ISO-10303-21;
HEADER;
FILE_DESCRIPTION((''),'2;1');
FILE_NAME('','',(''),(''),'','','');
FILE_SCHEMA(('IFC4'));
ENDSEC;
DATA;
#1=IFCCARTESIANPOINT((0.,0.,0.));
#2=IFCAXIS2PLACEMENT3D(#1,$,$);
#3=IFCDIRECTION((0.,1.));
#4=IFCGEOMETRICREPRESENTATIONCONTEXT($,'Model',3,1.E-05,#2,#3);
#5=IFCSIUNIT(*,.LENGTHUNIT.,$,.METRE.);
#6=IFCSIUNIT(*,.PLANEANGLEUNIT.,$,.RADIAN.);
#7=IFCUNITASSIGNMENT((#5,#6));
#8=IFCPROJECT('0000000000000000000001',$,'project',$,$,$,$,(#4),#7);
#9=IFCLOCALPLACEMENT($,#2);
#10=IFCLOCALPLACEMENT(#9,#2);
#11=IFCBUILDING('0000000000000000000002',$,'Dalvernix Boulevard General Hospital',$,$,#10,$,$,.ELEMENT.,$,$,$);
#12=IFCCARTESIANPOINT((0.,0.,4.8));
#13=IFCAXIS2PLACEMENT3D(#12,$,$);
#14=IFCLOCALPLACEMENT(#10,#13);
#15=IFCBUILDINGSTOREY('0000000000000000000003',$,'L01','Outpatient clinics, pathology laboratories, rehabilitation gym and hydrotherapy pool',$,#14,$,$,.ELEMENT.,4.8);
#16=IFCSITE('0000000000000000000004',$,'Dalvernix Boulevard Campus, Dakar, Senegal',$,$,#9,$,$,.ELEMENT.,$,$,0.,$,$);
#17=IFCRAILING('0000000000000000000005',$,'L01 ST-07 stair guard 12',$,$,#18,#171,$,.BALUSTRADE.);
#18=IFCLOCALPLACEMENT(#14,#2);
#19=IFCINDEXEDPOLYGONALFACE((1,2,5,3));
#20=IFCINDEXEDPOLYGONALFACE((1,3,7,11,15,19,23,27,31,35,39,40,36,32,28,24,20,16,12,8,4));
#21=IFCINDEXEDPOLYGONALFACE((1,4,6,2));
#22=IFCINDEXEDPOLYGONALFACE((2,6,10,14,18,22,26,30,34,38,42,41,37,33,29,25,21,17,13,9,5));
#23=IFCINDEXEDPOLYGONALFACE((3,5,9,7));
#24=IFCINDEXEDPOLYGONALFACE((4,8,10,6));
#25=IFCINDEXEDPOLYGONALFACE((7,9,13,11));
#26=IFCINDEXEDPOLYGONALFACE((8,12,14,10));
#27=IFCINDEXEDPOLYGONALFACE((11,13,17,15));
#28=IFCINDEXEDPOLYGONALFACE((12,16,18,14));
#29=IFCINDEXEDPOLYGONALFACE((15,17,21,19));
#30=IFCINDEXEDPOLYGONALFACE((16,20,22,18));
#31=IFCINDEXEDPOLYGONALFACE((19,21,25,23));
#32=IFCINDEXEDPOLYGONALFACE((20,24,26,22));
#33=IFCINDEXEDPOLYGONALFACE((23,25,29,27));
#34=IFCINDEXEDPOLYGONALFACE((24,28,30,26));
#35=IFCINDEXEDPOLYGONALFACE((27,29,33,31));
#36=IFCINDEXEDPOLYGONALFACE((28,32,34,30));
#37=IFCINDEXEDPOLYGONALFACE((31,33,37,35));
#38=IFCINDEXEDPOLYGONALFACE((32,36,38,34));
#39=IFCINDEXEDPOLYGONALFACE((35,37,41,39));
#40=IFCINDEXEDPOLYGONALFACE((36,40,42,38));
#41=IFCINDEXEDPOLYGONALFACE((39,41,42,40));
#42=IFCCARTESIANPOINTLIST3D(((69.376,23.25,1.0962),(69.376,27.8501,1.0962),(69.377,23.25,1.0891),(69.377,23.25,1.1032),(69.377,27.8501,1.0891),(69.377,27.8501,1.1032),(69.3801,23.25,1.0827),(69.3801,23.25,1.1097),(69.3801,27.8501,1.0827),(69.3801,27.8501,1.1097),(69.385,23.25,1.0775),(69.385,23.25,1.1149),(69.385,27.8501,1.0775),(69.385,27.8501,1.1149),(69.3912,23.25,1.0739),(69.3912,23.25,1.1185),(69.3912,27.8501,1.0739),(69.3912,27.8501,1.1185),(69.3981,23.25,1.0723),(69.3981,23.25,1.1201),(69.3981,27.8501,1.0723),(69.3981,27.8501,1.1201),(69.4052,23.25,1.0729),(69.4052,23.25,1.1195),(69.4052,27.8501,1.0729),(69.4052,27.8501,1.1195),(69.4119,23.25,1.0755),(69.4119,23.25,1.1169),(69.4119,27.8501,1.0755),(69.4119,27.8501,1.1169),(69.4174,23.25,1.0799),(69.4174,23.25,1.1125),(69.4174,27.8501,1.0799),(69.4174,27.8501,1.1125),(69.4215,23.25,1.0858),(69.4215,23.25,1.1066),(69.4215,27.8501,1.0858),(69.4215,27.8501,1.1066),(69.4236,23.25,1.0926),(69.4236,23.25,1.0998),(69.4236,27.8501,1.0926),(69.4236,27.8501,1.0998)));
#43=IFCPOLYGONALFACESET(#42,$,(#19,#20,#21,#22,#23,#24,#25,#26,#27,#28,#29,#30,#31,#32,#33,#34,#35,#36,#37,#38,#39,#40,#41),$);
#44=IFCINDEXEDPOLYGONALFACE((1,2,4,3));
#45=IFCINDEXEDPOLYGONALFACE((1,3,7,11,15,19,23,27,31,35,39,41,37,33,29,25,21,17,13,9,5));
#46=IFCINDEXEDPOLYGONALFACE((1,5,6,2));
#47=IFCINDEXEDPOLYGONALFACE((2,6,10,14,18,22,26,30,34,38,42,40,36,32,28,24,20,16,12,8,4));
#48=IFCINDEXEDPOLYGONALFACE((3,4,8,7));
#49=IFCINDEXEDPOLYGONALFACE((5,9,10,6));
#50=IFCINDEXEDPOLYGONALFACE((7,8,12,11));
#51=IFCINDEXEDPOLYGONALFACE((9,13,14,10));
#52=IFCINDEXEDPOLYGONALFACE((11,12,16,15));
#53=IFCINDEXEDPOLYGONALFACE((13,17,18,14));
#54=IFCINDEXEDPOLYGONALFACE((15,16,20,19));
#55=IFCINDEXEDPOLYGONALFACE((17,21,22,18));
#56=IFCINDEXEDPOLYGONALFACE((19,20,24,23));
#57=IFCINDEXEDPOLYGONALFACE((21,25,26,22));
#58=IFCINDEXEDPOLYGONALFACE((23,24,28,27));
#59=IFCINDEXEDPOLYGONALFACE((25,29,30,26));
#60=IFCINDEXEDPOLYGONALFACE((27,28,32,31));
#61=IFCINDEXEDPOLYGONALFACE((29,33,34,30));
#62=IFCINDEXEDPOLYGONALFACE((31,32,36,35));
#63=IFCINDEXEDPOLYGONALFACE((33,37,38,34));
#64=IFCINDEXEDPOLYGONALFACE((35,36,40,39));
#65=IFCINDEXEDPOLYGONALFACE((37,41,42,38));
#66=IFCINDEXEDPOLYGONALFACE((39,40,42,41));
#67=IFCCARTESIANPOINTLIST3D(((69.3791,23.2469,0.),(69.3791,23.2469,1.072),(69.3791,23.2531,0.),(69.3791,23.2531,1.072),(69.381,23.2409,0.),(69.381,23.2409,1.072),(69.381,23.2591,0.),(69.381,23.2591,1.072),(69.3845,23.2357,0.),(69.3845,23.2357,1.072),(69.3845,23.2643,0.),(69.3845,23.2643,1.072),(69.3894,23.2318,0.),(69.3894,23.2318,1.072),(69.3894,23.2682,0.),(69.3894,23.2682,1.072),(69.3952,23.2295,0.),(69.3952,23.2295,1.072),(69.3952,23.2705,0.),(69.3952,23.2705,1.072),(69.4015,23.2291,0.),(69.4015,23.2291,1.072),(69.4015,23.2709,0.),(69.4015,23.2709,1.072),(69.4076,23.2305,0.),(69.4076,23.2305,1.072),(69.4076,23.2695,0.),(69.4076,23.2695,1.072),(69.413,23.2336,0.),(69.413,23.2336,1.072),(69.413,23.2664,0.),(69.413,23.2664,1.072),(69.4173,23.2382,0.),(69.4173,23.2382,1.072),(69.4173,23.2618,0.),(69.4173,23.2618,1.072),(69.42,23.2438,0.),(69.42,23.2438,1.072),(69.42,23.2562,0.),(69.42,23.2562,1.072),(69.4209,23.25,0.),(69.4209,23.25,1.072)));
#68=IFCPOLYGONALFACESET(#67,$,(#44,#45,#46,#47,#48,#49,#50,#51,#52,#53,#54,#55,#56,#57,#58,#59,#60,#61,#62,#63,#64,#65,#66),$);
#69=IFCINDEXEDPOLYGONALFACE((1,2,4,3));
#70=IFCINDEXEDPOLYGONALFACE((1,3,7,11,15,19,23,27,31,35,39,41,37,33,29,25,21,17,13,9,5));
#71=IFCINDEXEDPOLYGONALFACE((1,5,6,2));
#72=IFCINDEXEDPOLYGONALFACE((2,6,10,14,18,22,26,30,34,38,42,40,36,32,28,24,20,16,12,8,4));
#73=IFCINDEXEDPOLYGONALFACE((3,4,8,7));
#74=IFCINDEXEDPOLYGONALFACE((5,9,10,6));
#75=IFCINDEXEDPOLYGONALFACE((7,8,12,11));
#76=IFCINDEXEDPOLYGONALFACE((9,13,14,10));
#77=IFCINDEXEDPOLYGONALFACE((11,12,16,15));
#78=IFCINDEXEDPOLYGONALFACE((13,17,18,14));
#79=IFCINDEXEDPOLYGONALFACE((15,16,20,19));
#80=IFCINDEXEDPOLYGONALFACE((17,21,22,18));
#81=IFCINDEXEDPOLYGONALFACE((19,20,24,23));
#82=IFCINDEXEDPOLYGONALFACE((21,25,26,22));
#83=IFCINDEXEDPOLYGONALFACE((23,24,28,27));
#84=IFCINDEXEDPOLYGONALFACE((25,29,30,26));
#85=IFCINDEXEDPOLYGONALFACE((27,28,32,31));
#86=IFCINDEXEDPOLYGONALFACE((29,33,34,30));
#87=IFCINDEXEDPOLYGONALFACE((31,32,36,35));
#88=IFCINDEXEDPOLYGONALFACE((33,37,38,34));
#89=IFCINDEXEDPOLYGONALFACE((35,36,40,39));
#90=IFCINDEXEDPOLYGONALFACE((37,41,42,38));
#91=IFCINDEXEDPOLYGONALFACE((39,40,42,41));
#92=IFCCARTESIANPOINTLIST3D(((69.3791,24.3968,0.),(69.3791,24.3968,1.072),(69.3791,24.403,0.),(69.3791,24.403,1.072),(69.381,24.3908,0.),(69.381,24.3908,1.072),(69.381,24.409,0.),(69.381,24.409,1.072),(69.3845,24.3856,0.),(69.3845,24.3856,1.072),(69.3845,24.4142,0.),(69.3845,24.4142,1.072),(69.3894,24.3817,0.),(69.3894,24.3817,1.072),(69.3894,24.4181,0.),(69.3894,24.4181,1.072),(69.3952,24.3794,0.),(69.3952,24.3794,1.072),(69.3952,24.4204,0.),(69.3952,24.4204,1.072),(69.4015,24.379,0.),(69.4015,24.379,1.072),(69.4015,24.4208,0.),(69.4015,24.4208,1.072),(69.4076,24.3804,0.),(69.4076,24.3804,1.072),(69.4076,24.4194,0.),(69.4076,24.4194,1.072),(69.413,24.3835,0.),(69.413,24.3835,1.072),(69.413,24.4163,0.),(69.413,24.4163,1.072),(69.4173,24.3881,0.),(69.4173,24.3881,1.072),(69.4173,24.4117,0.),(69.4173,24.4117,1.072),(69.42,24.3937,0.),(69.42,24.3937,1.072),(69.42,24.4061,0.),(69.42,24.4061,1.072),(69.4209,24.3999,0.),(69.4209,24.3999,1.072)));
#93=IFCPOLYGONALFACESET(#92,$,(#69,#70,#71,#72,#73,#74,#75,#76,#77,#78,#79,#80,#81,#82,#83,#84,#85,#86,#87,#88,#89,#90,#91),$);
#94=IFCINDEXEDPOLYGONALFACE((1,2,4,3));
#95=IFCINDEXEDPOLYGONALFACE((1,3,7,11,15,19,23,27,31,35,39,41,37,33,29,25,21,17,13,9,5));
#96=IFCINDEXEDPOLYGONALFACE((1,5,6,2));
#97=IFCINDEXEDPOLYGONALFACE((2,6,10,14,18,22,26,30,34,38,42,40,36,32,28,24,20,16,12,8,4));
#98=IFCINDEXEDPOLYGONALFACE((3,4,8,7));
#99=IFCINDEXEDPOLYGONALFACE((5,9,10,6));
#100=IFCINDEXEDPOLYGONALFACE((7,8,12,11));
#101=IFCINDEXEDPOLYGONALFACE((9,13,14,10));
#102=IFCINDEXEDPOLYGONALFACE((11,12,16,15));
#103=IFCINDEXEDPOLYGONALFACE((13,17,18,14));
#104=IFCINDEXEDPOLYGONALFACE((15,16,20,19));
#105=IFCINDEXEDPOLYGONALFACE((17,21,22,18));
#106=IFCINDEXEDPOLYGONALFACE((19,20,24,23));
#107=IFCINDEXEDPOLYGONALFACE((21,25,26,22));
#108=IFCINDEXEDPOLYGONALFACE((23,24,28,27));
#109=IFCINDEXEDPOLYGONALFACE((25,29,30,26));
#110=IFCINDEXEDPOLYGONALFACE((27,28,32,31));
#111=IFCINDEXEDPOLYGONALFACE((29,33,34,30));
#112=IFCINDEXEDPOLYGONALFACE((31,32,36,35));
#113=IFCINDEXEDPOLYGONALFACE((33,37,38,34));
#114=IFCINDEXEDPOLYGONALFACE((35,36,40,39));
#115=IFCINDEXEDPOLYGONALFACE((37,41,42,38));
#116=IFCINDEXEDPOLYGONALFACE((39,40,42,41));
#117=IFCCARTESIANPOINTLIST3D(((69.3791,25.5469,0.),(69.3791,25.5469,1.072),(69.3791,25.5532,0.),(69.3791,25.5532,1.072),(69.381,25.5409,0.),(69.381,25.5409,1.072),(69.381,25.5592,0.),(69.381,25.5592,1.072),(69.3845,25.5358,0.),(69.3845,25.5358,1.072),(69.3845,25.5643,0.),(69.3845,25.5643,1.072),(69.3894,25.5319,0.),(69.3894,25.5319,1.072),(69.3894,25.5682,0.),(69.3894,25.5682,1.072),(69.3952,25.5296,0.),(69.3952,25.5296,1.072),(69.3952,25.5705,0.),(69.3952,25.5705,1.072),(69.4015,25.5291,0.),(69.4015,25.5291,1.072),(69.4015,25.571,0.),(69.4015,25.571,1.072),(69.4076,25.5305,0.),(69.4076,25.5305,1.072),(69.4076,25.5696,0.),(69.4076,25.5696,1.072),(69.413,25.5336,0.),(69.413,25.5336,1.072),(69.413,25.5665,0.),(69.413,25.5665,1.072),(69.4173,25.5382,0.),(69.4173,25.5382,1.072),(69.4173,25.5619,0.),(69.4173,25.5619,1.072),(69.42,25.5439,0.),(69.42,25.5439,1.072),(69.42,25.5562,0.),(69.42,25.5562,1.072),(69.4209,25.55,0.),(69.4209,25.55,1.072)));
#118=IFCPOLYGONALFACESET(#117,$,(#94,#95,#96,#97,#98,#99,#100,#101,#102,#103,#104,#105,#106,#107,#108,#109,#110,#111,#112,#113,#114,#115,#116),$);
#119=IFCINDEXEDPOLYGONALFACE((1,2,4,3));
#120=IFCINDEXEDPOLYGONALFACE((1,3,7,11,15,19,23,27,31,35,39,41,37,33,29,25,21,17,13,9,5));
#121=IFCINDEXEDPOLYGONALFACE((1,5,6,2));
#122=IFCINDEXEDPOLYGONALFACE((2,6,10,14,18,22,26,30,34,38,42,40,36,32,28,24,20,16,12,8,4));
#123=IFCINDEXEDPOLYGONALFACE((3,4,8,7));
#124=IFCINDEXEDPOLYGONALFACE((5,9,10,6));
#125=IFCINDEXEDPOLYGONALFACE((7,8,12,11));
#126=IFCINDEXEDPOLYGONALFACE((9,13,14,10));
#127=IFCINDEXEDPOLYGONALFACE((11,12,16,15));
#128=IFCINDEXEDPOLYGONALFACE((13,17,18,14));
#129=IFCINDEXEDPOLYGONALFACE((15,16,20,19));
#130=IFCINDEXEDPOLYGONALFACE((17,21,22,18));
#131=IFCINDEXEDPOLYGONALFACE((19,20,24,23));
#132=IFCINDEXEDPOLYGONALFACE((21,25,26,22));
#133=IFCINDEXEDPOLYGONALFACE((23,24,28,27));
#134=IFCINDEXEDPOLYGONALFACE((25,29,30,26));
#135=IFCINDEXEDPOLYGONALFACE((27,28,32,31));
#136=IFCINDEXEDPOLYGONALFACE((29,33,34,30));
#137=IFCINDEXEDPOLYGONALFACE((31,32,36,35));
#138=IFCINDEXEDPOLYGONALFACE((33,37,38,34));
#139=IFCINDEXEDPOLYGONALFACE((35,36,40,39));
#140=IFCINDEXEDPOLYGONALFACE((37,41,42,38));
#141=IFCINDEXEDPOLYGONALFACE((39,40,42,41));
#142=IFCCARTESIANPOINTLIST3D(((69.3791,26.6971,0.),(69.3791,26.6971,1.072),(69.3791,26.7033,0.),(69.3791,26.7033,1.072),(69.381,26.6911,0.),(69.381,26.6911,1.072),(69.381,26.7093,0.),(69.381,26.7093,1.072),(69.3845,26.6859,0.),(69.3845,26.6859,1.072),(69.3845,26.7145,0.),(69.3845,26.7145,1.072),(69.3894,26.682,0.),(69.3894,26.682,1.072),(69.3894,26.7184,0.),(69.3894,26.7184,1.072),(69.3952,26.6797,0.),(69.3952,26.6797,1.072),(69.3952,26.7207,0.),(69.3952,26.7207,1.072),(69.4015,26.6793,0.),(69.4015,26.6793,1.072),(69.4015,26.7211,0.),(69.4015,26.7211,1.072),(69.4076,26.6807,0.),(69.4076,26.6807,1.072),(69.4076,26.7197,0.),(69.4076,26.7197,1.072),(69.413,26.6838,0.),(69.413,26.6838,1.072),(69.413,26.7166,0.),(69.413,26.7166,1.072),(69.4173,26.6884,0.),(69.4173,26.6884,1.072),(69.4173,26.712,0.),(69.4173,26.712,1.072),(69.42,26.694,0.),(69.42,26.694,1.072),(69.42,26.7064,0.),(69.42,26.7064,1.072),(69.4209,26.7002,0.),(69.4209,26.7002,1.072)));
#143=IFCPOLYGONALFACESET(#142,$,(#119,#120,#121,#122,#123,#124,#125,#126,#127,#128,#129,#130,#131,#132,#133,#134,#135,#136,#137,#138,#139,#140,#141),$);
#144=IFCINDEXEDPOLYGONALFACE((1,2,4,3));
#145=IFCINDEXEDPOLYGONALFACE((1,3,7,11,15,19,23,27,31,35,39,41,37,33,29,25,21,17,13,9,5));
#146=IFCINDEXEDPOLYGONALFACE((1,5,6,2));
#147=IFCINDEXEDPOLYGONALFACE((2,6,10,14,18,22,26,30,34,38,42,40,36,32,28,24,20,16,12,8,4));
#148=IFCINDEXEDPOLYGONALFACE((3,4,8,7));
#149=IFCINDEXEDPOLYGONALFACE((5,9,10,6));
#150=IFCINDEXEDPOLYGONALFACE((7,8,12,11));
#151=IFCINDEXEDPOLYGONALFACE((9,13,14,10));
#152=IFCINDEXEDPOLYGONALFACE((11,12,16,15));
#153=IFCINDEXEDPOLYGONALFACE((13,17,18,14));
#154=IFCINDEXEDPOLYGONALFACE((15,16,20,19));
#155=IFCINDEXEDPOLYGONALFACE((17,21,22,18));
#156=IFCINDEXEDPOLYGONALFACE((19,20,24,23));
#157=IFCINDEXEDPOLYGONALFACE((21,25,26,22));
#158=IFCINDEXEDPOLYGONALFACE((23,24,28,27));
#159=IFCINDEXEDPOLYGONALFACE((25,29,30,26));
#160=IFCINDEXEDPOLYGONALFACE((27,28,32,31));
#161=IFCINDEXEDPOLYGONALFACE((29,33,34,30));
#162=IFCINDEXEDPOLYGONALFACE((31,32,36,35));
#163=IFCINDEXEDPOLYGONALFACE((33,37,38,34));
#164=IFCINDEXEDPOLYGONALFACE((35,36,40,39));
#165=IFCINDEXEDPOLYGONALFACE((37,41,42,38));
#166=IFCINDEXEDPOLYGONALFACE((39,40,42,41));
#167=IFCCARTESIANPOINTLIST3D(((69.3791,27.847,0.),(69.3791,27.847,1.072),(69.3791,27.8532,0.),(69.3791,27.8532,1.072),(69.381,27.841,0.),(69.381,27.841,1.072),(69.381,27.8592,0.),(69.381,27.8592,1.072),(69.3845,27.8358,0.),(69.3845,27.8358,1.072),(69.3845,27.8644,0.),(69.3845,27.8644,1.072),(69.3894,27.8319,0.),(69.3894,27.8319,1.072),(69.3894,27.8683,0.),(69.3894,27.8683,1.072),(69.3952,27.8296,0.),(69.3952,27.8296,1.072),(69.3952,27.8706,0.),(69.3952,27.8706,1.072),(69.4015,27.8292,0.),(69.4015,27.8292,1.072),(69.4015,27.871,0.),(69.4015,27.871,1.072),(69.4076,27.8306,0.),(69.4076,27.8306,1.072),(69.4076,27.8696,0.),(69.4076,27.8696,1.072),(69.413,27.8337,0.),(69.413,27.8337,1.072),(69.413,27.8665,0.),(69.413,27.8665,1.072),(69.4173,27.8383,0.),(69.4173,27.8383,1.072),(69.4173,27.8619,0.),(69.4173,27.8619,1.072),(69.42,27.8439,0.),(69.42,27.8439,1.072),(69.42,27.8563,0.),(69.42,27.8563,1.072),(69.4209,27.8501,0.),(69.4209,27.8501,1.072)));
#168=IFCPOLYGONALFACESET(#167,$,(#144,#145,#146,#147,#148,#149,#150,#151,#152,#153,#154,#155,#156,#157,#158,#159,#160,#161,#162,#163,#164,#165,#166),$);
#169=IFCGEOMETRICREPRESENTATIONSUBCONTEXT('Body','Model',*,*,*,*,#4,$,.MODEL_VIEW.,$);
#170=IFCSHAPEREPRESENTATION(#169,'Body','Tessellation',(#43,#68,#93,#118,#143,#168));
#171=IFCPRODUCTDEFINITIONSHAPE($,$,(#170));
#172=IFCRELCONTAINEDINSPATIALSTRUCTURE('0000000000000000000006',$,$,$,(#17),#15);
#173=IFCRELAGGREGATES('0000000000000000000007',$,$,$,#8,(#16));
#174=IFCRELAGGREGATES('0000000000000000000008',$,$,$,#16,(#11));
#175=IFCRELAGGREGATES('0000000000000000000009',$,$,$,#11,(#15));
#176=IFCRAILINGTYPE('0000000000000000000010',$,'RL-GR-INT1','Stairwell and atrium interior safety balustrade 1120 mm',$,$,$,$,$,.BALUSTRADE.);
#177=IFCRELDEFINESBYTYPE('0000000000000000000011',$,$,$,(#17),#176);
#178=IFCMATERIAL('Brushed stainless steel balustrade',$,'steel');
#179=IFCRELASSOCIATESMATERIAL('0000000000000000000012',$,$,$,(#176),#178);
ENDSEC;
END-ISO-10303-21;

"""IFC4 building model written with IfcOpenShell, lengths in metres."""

from ifc_helpers import new_model, si_unit, direction, frame, origin, origin_2d, place, context, subcontext, project, spatial, circle, extrude, material, type_object, element, save


model = new_model("IFC4")

# Units and contexts
model_context = context("Model", 3, precision=1e-05, world=origin(), true_north=direction((0.0, 1.0)))
body_context = subcontext(model_context, "Body", "Model", "MODEL_VIEW")
ifc_project = project(units=[si_unit("LENGTHUNIT", "METRE"), si_unit("PLANEANGLEUNIT", "RADIAN")], contexts=[model_context])

# Site, building, storey
site_placement = place(None, origin())
site = spatial("IfcSite", under=ifc_project, at=site_placement, Name="Dalvernix Boulevard Campus, Dakar, Senegal", CompositionType="ELEMENT", RefElevation=0.0)
building_placement = place(site_placement, origin())
building = spatial("IfcBuilding", under=site, at=building_placement, Name="Dalvernix Boulevard General Hospital", CompositionType="ELEMENT")
storey_placement = place(building_placement, frame((0.0, 0.0, 4.8)))
storey = spatial("IfcBuildingStorey", under=building, at=storey_placement, Name="L01", Description="Outpatient clinics, pathology laboratories, rehabilitation gym and hydrotherapy pool", CompositionType="ELEMENT", Elevation=4.8)

# Railing
ifc_material_1 = material(Name="Brushed stainless steel balustrade", Category="steel")
railing_type = type_object("IfcRailingType", Name="RL-GR-INT1", Description="Stairwell and atrium interior safety balustrade 1120 mm", PredefinedType="BALUSTRADE", material=ifc_material_1)
railing_placement = place(storey_placement, frame((69.3999, 23.25, 0.0)))
element("IfcRailing", 1, at=railing_placement, inside=storey, type_object=railing_type, Name="L01 ST-07 stair guard 12", PredefinedType="BALUSTRADE", context=body_context, shape_type="SweptSolid", body=[
    extrude(circle(Radius=0.0239, at=origin_2d()), frame((0.0, 0.0, 1.0962), z_axis=(0.0, 1.0, 0.0), x_axis=(-1.0, 0.0, 0.0)), (0.0, 0.0, 1.0), 4.6001),
    extrude(circle(Radius=0.021, at=origin_2d()), origin(), (0.0, 0.0, 1.0), 1.072),
    extrude(circle(Radius=0.021, at=origin_2d()), frame((0.0, 1.1499, 0.0)), (0.0, 0.0, 1.0), 1.072),
    extrude(circle(Radius=0.021, at=origin_2d()), frame((0.0, 2.3, 0.0)), (0.0, 0.0, 1.0), 1.072),
    extrude(circle(Radius=0.021, at=origin_2d()), frame((0.0, 3.4502, 0.0)), (0.0, 0.0, 1.0), 1.072),
    extrude(circle(Radius=0.021, at=origin_2d()), frame((0.0, 4.6001, 0.0)), (0.0, 0.0, 1.0), 1.072),
])

save(model, "model.ifc")
